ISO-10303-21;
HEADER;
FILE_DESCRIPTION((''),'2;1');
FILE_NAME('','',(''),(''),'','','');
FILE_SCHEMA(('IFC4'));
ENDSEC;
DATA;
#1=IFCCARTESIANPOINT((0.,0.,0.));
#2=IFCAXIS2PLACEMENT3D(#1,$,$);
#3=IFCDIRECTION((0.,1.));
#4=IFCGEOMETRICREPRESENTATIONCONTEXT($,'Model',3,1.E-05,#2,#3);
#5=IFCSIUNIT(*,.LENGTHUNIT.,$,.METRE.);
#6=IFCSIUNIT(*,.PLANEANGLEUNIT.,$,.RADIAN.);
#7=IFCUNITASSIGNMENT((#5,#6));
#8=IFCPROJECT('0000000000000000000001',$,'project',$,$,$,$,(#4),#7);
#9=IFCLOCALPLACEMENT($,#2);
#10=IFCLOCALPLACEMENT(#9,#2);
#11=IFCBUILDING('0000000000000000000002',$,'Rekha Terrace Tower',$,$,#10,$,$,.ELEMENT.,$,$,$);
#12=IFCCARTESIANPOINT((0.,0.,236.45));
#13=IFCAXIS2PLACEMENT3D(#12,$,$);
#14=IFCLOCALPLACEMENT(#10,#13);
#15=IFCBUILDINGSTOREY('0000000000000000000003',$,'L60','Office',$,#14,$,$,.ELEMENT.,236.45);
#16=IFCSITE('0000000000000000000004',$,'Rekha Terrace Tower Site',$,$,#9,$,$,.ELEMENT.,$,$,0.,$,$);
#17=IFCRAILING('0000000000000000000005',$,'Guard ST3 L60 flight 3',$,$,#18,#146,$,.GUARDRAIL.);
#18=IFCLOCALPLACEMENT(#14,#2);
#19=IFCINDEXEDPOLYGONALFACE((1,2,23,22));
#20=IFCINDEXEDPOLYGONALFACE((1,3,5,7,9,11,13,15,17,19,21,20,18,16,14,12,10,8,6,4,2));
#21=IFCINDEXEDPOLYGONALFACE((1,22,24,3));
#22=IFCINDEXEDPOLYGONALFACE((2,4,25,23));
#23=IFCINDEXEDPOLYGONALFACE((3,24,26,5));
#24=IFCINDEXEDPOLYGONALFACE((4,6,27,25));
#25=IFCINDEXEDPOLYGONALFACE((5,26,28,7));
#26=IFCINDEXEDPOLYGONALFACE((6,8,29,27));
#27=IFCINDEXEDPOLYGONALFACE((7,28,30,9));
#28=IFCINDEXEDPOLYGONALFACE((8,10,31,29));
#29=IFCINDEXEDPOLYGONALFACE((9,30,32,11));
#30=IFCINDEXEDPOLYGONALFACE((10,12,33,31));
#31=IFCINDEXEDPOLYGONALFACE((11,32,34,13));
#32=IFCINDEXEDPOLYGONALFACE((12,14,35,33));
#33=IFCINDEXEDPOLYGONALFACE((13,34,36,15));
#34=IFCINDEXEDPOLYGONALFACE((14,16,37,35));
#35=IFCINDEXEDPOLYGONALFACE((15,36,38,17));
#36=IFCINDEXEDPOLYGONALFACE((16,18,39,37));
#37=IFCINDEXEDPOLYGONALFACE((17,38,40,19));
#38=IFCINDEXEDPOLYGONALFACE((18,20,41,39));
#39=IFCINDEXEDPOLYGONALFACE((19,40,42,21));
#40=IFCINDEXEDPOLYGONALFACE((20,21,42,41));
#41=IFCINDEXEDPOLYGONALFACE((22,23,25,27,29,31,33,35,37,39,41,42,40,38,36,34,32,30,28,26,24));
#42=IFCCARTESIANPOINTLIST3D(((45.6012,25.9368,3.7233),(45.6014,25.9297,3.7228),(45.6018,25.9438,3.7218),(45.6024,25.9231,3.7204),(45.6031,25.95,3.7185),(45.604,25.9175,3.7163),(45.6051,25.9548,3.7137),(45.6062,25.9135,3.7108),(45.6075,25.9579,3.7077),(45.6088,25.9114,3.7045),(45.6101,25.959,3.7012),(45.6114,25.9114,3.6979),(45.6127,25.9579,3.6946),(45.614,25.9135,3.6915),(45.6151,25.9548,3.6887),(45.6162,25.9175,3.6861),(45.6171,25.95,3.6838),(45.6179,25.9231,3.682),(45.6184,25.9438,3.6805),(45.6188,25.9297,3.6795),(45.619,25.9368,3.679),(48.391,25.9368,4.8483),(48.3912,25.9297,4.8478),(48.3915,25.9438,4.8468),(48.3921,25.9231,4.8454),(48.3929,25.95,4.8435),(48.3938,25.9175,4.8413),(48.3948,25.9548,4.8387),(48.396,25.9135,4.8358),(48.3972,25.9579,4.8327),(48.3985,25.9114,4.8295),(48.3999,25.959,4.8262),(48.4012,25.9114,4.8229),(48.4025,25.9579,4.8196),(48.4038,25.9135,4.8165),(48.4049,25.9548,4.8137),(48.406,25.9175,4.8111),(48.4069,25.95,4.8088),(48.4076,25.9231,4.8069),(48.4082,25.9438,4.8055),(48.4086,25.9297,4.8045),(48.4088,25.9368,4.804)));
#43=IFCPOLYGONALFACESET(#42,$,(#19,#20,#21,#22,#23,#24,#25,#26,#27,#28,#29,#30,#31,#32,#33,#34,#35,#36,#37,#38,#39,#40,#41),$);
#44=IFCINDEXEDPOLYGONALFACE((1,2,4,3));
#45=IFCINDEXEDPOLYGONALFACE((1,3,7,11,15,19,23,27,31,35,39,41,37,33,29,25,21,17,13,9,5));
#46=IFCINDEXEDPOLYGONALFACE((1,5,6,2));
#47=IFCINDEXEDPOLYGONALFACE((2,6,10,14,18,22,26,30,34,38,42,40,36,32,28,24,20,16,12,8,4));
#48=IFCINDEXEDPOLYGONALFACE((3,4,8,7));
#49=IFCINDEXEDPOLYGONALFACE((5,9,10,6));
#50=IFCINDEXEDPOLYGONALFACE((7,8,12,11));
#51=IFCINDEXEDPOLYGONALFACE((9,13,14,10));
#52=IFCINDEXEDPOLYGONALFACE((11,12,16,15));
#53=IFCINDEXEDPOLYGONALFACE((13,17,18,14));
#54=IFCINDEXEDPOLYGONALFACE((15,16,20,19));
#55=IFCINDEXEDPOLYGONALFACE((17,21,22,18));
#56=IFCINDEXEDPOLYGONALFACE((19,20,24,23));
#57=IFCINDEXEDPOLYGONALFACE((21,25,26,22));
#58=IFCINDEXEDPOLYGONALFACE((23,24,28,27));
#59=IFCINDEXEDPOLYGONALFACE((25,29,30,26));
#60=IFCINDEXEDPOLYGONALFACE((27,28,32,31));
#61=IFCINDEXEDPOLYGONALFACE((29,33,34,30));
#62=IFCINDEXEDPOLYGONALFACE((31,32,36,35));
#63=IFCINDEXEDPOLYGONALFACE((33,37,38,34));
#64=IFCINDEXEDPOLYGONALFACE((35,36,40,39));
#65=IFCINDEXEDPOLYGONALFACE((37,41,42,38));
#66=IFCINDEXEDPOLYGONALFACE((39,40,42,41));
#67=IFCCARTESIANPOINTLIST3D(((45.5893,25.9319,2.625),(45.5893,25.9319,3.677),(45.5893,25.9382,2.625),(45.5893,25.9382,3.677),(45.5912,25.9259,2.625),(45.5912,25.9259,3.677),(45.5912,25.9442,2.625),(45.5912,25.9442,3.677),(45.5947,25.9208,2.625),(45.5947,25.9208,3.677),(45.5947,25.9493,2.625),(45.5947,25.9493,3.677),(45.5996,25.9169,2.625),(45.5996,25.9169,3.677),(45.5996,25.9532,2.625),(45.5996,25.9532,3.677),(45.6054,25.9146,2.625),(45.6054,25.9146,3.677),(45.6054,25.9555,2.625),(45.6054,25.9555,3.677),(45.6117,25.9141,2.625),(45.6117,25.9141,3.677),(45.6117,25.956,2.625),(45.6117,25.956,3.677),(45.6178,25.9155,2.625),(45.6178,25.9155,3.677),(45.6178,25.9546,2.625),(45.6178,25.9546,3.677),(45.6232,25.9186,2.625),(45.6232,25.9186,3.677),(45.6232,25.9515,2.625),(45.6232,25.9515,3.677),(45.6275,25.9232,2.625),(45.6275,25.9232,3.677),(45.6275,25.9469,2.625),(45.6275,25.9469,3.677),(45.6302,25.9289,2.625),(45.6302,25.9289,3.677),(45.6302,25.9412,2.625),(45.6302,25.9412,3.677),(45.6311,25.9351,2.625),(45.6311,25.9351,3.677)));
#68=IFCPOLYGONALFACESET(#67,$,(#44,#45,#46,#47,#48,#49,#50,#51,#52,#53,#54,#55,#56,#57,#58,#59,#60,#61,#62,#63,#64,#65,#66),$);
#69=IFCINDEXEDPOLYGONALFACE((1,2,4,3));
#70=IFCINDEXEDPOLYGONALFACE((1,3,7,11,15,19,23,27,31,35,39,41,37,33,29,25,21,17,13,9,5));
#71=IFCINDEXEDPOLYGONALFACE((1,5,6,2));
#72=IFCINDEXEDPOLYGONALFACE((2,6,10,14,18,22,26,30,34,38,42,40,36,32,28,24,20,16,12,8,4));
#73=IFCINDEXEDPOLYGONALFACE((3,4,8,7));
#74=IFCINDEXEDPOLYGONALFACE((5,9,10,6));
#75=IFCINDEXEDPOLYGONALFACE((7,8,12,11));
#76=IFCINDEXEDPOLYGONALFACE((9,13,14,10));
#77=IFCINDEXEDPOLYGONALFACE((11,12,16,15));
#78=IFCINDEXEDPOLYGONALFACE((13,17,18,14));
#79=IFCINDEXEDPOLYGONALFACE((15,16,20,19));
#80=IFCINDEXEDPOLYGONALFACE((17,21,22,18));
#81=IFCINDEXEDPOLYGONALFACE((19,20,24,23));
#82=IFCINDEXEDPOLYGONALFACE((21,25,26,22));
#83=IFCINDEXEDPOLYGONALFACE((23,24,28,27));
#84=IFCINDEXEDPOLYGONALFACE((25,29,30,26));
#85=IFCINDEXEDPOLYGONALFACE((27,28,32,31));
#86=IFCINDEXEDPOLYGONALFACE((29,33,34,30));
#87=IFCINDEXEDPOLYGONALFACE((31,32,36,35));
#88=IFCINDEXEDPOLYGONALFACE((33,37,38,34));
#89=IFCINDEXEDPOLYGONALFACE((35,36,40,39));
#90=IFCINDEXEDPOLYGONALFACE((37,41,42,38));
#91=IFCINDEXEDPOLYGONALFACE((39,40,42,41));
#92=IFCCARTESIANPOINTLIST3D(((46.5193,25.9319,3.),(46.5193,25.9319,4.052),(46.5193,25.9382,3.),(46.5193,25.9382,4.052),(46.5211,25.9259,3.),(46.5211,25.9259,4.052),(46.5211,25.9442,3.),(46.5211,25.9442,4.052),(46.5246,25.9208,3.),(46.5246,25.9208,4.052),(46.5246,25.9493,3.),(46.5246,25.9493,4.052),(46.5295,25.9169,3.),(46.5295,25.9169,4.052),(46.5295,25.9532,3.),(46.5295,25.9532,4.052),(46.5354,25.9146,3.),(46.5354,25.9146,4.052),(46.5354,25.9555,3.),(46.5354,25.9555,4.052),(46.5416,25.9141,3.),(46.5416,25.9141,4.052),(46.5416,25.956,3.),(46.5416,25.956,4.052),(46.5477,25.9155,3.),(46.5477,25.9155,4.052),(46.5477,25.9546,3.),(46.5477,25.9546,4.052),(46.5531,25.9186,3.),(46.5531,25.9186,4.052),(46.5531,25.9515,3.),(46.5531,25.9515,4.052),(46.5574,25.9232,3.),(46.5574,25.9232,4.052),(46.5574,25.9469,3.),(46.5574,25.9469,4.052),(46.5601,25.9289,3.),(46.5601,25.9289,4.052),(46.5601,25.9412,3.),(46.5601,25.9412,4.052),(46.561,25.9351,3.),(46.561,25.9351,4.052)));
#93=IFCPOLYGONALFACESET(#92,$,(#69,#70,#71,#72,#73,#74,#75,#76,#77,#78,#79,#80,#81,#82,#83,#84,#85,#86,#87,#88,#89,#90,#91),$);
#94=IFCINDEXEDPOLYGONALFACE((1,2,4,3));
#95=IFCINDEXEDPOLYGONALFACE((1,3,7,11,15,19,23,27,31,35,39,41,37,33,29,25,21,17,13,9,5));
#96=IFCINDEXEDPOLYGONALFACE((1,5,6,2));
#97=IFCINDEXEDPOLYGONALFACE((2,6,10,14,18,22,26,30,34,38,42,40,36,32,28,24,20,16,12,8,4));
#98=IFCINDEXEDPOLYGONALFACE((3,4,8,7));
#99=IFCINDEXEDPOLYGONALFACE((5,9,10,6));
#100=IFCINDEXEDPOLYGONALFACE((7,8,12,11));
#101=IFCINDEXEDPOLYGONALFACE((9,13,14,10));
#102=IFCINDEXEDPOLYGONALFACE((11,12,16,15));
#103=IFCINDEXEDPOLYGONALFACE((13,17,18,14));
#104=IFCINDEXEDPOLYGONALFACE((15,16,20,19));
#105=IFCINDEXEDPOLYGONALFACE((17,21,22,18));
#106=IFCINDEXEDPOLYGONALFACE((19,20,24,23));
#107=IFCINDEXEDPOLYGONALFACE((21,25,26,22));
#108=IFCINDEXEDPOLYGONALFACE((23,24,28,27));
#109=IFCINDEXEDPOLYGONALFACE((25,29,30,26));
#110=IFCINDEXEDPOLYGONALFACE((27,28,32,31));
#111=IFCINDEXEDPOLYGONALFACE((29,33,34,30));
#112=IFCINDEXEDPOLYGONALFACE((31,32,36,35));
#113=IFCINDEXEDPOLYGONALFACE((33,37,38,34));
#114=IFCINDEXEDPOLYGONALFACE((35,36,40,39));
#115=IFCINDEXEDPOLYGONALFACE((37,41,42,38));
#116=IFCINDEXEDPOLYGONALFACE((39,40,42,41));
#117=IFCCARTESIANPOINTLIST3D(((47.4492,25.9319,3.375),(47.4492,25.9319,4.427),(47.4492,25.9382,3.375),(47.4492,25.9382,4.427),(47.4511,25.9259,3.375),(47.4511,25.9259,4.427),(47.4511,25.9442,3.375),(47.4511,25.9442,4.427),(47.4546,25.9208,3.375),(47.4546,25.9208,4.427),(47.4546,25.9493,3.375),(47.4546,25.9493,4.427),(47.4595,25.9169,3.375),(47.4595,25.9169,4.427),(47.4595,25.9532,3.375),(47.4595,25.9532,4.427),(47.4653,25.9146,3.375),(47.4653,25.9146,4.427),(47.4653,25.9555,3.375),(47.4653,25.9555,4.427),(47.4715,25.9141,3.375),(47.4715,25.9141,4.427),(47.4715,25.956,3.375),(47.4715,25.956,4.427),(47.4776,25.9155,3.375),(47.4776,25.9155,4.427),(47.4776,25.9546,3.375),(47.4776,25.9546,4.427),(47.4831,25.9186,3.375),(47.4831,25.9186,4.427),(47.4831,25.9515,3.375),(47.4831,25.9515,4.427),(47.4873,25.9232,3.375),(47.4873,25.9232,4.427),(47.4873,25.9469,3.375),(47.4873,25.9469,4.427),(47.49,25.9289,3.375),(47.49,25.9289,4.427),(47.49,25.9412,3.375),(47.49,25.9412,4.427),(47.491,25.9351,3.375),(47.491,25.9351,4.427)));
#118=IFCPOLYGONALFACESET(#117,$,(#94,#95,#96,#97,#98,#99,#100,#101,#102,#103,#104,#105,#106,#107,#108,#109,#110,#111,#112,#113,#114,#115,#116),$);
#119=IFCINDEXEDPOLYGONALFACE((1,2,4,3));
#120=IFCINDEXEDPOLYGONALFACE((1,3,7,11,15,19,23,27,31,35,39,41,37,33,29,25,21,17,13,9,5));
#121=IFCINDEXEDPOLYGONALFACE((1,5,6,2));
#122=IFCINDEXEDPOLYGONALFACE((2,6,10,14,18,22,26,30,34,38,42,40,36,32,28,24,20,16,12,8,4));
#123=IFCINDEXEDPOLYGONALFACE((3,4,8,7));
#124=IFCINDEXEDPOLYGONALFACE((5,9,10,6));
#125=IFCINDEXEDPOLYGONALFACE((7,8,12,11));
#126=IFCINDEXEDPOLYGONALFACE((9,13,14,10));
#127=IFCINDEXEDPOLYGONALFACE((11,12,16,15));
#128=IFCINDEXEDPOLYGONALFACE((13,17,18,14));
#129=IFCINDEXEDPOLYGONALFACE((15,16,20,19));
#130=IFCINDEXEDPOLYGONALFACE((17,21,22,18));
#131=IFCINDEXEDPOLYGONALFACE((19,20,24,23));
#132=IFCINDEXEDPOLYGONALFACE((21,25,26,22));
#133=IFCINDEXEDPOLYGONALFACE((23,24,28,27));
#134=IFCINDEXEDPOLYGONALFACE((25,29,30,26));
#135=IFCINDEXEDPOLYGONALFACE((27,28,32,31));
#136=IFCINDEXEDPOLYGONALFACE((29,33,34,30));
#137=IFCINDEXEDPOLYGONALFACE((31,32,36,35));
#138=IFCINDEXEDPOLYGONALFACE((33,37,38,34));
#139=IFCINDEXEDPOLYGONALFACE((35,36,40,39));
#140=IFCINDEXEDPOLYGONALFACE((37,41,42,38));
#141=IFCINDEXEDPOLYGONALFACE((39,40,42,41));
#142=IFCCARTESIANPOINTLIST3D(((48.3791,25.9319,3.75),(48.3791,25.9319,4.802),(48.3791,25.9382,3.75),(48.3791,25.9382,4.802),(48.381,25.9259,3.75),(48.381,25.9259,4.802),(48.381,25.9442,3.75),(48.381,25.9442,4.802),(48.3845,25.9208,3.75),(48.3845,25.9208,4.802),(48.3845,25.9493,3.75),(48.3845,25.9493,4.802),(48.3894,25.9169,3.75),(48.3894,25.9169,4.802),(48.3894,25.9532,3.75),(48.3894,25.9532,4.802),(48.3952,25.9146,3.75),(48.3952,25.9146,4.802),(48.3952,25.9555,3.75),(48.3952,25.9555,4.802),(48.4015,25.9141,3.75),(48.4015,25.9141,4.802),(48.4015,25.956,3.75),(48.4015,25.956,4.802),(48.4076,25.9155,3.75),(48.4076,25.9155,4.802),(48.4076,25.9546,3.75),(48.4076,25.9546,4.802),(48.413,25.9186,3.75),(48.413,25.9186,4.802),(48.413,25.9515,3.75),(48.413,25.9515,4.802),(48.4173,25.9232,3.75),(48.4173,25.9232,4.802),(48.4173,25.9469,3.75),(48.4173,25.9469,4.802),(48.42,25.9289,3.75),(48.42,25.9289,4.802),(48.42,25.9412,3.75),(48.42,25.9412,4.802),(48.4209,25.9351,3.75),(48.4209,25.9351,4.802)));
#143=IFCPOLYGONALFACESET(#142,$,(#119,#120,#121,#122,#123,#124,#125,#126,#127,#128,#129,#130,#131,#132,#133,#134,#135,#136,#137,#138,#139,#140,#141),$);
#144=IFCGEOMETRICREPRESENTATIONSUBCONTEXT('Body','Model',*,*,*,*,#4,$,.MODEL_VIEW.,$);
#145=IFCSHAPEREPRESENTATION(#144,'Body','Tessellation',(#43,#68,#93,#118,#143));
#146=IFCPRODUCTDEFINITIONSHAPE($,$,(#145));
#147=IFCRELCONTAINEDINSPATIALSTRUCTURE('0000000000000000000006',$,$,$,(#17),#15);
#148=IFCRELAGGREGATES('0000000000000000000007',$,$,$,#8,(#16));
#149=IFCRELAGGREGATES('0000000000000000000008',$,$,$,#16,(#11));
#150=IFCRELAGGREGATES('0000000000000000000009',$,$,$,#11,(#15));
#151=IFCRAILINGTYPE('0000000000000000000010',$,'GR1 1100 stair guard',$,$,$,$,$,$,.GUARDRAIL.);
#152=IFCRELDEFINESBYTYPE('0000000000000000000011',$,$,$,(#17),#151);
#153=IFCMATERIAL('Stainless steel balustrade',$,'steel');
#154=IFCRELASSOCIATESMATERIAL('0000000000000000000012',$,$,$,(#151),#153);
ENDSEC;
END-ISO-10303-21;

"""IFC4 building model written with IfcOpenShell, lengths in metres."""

from ifc_helpers import new_model, si_unit, direction, frame, origin, origin_2d, place, context, subcontext, project, spatial, circle, extrude, material, type_object, element, save


model = new_model("IFC4")

# Units and contexts
model_context = context("Model", 3, precision=1e-05, world=origin(), true_north=direction((0.0, 1.0)))
body_context = subcontext(model_context, "Body", "Model", "MODEL_VIEW")
ifc_project = project(units=[si_unit("LENGTHUNIT", "METRE"), si_unit("PLANEANGLEUNIT", "RADIAN")], contexts=[model_context])

# Site, building, storey
site_placement = place(None, origin())
site = spatial("IfcSite", under=ifc_project, at=site_placement, Name="Rekha Terrace Tower Site", CompositionType="ELEMENT", RefElevation=0.0)
building_placement = place(site_placement, origin())
building = spatial("IfcBuilding", under=site, at=building_placement, Name="Rekha Terrace Tower", CompositionType="ELEMENT")
storey_placement = place(building_placement, frame((0.0, 0.0, 236.45)))
storey = spatial("IfcBuildingStorey", under=building, at=storey_placement, Name="L60", Description="Office", CompositionType="ELEMENT", Elevation=236.45)

# Railing
ifc_material_1 = material(Name="Stainless steel balustrade", Category="steel")
railing_type_1 = type_object("IfcRailingType", Name="GR1 1100 stair guard", PredefinedType="GUARDRAIL", material=ifc_material_1)
railing_1_placement = place(storey_placement, frame((45.6101, 25.9351, 2.625)))
element("IfcRailing", 1, at=railing_1_placement, inside=storey, type_object=railing_type_1, Name="Guard ST3 L60 flight 3", PredefinedType="GUARDRAIL", context=body_context, shape_type="SweptSolid", body=[
    extrude(circle(Radius=0.0239, at=origin_2d()), frame((0.0, 0.0, 1.0762), z_axis=(0.927432, 0.0, 0.373992), x_axis=(0.0, 1.0, 0.0)), (0.0, 0.0, 1.0), 3.0081),
    extrude(circle(Radius=0.021, at=origin_2d()), origin(), (0.0, 0.0, 1.0), 1.052),
    extrude(circle(Radius=0.021, at=origin_2d()), frame((0.9299, 0.0, 0.375)), (0.0, 0.0, 1.0), 1.052),
    extrude(circle(Radius=0.021, at=origin_2d()), frame((1.8599, 0.0, 0.75)), (0.0, 0.0, 1.0), 1.052),
    extrude(circle(Radius=0.021, at=origin_2d()), frame((2.7898, 0.0, 1.125)), (0.0, 0.0, 1.0), 1.052),
])

save(model, "model.ifc")
